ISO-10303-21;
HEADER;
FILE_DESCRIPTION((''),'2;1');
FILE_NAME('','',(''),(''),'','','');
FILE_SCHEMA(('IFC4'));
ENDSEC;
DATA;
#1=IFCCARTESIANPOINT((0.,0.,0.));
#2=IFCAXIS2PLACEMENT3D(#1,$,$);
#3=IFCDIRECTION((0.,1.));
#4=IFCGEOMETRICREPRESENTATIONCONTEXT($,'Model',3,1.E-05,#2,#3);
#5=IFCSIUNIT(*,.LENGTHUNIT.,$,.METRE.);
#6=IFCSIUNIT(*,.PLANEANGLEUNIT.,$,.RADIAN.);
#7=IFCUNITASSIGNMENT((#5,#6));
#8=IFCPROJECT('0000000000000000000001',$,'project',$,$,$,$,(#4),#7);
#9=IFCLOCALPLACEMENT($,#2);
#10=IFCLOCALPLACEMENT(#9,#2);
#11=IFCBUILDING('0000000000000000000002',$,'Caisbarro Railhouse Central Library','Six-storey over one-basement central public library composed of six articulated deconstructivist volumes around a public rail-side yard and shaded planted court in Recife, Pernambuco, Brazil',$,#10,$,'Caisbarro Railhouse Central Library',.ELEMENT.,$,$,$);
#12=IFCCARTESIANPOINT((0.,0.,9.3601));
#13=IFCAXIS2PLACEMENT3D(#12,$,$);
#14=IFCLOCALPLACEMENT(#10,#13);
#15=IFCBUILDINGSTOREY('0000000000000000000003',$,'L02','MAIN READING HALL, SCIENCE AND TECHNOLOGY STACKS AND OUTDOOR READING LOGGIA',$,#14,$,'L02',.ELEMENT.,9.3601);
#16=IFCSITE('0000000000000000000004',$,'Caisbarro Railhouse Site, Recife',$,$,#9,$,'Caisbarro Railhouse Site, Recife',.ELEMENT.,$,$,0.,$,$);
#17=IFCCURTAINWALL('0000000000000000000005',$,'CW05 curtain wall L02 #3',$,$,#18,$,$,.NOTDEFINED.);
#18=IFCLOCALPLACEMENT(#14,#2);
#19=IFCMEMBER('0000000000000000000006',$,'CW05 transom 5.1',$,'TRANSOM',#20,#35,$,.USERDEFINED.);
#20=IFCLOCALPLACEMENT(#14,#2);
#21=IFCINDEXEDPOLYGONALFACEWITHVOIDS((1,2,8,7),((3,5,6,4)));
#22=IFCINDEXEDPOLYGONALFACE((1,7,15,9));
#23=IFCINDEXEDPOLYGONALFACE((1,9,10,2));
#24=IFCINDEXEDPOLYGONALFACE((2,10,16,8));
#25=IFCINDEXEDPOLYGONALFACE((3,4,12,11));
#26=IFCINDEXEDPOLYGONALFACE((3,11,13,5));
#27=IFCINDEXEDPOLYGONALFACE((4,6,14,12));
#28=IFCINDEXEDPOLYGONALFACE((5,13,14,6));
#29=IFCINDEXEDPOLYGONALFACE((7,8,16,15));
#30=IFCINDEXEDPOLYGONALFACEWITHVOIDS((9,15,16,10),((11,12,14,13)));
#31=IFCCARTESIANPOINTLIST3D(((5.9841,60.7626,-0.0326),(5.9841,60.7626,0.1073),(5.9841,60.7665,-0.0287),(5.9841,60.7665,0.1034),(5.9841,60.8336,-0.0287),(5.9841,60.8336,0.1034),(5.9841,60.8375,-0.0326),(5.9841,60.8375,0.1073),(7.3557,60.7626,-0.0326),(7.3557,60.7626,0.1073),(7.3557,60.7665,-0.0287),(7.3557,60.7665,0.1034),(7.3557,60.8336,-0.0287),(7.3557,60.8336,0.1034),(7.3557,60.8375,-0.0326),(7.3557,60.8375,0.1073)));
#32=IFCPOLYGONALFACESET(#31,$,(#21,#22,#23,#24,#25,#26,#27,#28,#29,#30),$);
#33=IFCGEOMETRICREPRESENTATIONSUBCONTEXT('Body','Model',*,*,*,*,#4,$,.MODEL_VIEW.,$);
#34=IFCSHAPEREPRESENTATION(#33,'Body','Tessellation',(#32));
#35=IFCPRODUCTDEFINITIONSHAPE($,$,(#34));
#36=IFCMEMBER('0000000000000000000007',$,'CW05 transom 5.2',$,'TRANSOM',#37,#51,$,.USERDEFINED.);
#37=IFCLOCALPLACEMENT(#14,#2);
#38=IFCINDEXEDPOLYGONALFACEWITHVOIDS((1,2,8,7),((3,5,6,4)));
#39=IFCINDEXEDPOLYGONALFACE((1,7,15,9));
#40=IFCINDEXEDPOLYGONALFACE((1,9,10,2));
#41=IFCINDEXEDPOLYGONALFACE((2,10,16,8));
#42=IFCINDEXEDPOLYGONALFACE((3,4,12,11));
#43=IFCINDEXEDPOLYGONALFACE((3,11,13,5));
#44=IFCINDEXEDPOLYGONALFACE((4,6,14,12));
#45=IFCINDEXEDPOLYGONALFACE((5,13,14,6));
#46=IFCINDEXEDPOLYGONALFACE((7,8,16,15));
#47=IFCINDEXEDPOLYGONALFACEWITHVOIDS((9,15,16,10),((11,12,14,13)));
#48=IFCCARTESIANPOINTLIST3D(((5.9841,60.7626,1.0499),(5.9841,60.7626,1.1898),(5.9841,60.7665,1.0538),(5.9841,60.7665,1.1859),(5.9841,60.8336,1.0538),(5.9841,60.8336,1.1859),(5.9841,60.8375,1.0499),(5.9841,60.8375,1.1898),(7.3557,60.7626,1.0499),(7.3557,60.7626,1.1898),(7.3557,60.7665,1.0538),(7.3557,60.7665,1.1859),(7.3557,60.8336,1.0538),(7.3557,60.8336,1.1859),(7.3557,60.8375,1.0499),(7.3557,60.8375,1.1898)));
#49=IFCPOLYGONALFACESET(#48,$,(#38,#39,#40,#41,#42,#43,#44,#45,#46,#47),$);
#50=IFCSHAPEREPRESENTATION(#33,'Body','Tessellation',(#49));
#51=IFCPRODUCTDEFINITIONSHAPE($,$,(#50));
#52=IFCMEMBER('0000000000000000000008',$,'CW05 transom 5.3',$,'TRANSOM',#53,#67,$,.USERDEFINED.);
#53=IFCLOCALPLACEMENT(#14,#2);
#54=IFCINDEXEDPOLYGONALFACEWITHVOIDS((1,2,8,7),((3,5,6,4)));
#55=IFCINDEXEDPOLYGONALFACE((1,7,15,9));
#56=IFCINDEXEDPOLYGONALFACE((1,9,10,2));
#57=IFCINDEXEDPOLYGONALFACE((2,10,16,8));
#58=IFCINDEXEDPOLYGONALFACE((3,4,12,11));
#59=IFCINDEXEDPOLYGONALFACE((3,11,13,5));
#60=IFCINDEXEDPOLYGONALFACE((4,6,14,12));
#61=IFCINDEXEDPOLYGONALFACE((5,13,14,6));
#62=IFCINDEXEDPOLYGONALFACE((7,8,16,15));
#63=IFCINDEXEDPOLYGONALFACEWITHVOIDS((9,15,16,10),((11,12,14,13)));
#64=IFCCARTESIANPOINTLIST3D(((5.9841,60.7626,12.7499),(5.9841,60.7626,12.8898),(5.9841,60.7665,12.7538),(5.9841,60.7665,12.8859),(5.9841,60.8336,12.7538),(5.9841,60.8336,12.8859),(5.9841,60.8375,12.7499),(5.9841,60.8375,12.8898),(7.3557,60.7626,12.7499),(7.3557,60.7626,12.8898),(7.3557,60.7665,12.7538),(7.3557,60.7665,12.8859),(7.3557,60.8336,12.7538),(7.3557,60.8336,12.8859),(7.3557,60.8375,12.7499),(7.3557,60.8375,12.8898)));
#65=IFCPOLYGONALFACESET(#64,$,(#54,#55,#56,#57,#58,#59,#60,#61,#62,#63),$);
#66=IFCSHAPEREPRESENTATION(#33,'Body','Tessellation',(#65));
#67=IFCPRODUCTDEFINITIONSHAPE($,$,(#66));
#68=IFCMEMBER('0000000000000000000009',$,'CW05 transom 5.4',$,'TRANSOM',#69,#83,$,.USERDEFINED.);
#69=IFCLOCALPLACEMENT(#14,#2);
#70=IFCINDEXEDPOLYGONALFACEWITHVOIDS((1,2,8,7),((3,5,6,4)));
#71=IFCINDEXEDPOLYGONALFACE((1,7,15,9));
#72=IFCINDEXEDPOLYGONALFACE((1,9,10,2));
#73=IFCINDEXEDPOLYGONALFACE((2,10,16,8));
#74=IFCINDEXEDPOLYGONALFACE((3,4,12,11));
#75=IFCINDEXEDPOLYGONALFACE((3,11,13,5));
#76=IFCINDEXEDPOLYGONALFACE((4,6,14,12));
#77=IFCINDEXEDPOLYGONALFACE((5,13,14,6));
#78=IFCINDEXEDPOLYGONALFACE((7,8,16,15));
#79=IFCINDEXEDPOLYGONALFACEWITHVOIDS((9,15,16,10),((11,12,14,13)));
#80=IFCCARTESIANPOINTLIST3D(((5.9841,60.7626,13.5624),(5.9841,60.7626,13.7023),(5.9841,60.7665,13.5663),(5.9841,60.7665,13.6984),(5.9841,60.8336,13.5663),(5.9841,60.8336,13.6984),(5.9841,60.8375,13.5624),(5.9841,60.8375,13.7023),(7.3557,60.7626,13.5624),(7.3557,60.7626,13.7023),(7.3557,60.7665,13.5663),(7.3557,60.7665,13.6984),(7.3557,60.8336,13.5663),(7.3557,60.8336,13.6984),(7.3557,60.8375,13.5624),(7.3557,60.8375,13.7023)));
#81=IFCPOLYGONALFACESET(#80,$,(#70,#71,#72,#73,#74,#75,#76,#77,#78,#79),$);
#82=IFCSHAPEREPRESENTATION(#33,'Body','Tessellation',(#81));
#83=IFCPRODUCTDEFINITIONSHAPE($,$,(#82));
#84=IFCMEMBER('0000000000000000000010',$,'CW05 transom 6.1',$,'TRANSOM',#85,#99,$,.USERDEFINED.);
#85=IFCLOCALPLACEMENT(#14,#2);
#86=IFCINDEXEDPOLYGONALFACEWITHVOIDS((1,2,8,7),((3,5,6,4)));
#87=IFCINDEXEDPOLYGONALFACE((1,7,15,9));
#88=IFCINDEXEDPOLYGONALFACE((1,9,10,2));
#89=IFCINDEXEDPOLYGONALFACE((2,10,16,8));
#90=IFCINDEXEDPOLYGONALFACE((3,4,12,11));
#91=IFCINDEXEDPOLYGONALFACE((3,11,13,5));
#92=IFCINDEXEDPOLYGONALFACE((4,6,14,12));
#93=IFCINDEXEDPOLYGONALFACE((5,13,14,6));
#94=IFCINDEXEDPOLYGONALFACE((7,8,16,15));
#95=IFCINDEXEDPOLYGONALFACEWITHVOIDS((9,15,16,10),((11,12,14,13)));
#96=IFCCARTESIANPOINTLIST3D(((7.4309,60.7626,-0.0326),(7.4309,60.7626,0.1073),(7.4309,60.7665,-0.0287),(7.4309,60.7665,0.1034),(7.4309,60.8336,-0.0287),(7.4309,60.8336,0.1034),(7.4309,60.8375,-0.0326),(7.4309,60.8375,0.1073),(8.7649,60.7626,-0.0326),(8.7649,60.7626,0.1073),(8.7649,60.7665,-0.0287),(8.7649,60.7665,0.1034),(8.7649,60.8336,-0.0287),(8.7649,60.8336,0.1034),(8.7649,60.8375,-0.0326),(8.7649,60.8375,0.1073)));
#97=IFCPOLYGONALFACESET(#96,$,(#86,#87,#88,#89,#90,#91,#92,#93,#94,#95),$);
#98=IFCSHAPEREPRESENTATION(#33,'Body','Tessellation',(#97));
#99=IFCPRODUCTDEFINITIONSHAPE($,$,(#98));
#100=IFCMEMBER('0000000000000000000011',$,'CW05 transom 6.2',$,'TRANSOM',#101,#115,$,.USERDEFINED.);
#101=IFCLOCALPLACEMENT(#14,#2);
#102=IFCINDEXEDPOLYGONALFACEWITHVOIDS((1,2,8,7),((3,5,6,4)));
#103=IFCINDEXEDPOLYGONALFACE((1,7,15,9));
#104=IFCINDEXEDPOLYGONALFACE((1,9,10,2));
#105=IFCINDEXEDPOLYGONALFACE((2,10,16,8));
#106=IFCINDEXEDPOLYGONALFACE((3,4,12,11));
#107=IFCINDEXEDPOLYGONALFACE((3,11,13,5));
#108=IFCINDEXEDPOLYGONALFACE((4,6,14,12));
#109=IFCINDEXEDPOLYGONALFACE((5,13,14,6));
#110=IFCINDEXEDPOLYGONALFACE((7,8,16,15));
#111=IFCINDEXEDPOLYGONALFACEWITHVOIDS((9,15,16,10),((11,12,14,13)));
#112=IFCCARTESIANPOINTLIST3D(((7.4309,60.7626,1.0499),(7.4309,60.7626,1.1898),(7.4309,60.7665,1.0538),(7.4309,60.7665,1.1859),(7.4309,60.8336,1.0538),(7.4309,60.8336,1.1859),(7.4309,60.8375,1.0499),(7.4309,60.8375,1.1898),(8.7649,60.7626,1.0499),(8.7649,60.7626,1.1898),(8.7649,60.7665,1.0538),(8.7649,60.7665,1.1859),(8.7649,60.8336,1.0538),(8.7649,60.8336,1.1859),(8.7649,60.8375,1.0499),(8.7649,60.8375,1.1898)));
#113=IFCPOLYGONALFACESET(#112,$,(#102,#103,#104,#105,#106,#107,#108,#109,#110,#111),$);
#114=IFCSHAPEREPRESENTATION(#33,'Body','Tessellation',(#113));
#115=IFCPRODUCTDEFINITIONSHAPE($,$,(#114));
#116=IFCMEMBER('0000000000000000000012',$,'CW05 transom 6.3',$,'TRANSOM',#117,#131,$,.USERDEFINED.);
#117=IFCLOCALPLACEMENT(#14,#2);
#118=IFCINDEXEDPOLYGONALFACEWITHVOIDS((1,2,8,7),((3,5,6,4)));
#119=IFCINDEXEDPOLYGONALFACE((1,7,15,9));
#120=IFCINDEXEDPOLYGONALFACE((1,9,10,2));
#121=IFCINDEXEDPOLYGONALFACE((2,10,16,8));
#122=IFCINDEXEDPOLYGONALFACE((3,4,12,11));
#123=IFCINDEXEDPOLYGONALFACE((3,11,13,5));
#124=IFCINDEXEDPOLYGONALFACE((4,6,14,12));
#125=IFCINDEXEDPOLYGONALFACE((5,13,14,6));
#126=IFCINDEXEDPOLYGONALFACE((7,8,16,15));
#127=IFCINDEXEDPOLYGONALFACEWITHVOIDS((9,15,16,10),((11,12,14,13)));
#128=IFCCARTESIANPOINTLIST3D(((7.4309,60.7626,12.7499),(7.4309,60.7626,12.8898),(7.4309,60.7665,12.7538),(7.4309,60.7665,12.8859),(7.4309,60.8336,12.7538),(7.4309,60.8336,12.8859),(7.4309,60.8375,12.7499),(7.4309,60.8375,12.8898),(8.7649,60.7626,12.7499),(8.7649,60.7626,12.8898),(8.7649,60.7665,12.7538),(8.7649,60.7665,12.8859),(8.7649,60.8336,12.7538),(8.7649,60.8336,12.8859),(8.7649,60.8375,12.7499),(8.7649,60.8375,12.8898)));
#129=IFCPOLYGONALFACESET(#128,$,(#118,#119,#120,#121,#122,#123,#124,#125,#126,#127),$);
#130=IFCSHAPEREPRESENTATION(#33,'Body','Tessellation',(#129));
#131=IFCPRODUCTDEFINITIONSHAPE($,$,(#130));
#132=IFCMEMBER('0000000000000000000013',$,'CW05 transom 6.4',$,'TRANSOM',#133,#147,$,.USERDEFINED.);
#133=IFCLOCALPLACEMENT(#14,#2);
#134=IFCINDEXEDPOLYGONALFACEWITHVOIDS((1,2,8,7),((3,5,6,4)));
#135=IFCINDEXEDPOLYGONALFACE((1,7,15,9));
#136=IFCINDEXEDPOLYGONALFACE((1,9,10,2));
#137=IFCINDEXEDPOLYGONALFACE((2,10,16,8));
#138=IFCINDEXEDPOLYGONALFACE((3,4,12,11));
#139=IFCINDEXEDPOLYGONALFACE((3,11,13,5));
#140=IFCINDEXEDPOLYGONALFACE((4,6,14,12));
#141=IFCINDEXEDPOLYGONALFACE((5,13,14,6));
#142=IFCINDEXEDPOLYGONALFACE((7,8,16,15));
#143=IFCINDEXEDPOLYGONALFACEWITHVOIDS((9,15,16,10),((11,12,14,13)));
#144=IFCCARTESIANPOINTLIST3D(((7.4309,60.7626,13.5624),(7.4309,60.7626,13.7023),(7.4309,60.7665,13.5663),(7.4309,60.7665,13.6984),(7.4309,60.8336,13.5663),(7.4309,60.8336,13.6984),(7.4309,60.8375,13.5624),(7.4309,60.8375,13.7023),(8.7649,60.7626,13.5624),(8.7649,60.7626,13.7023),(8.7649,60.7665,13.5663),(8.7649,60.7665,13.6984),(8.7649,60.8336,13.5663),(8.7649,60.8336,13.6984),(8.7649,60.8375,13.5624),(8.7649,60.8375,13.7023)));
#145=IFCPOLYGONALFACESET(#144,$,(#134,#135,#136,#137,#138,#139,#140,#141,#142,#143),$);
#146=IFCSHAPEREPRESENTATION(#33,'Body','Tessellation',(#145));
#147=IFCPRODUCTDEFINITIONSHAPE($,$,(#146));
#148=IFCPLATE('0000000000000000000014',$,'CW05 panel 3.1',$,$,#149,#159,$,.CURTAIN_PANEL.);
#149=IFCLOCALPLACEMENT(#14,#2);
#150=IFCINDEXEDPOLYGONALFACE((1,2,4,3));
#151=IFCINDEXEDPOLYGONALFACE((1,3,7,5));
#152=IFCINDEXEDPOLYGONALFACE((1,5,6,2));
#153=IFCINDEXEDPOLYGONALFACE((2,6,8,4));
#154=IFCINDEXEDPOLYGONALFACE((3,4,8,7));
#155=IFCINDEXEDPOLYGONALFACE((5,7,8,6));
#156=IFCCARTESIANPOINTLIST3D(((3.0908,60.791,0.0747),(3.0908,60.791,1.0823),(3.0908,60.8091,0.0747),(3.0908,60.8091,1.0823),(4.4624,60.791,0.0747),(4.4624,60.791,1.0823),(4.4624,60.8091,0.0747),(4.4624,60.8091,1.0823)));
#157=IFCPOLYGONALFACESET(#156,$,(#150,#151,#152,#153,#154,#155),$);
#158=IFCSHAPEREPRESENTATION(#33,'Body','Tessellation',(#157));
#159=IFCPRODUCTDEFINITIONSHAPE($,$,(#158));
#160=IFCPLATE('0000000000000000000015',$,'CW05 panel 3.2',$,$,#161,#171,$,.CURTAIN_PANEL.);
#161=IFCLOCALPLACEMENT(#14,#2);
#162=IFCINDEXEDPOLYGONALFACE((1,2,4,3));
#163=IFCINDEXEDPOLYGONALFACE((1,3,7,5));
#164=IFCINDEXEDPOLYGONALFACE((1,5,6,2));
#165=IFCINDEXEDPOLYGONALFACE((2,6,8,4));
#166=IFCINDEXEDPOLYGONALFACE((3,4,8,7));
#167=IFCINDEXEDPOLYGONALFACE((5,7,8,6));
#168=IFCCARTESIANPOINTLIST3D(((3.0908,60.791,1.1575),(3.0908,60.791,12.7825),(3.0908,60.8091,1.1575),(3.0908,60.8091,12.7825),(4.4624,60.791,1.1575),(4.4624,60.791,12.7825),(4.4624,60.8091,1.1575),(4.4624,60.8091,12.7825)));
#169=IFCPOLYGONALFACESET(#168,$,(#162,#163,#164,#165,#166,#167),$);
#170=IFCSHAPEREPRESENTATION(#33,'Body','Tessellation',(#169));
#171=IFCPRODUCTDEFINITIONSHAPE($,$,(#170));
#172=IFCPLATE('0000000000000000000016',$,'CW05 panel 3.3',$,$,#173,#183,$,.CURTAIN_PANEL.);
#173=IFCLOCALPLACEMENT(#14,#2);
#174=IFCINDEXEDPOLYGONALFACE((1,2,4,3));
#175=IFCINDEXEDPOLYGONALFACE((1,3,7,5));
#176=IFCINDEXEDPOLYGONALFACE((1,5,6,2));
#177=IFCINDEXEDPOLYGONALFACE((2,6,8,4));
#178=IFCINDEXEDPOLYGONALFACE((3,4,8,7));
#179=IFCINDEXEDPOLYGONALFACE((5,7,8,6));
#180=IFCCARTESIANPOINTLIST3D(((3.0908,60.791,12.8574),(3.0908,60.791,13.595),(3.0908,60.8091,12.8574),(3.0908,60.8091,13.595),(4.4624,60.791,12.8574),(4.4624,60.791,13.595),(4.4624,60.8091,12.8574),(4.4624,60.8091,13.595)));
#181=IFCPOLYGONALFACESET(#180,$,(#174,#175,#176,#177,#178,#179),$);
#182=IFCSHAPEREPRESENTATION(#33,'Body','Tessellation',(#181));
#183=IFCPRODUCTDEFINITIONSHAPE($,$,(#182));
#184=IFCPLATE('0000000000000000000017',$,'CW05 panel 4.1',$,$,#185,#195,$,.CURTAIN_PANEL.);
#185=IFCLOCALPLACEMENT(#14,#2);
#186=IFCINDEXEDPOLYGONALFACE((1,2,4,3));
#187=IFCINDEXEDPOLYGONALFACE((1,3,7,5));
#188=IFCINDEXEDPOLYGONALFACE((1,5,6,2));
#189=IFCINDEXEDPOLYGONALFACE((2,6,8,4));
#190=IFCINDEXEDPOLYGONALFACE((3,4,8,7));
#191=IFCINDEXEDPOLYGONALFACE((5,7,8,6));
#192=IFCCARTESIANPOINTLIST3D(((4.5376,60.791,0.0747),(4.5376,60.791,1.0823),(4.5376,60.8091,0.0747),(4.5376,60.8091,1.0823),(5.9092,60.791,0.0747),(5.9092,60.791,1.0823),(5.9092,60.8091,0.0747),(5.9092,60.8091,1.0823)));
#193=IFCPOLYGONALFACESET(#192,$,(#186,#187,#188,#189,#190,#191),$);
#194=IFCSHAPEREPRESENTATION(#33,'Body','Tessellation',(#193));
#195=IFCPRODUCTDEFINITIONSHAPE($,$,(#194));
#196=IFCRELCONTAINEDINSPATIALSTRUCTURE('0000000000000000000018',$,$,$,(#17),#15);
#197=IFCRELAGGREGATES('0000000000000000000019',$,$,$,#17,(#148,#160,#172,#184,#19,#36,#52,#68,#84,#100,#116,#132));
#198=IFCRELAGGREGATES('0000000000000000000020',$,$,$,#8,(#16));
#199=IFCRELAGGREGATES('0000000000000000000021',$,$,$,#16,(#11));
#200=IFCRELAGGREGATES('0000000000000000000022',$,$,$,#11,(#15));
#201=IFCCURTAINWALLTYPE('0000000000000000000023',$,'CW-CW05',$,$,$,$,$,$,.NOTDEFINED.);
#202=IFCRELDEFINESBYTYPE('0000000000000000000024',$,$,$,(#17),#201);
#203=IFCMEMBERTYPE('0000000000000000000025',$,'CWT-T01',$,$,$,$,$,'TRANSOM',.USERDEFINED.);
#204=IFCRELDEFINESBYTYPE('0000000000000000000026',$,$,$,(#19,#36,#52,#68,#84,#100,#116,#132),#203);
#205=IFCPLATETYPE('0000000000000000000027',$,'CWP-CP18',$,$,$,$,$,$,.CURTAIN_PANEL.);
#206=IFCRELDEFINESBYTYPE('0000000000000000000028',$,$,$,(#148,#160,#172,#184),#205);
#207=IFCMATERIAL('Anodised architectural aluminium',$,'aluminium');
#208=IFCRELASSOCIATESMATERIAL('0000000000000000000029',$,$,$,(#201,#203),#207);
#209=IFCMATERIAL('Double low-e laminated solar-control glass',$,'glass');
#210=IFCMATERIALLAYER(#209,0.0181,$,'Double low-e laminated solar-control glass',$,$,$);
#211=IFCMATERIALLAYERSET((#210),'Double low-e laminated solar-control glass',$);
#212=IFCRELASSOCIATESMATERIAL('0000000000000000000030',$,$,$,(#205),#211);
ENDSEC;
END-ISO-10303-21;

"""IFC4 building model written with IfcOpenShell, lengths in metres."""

from ifc_helpers import new_model, si_unit, direction, frame, origin, origin_2d, place, context, subcontext, project, spatial, rectangle, hollow_rectangle, extrude, material, layer, layer_set, material_profile, profile_set, type_object, element, aggregate, save


model = new_model("IFC4")

# Units and contexts
model_context = context("Model", 3, precision=1e-05, world=origin(), true_north=direction((0.0, 1.0)))
body_context = subcontext(model_context, "Body", "Model", "MODEL_VIEW")
ifc_project = project(units=[si_unit("LENGTHUNIT", "METRE"), si_unit("PLANEANGLEUNIT", "RADIAN")], contexts=[model_context])

# Site, building, storey
site_placement = place(None, origin())
site = spatial("IfcSite", under=ifc_project, at=site_placement, Name="Caisbarro Railhouse Site, Recife", LongName="Caisbarro Railhouse Site, Recife", CompositionType="ELEMENT", RefElevation=0.0)
building_placement = place(site_placement, origin())
building = spatial("IfcBuilding", under=site, at=building_placement, Name="Caisbarro Railhouse Central Library", Description="Six-storey over one-basement central public library composed of six articulated deconstructivist volumes around a public rail-side yard and shaded planted court in Recife, Pernambuco, Brazil", LongName="Caisbarro Railhouse Central Library", CompositionType="ELEMENT")
storey_placement = place(building_placement, frame((0.0, 0.0, 9.3601)))
storey = spatial("IfcBuildingStorey", under=building, at=storey_placement, Name="L02", Description="MAIN READING HALL, SCIENCE AND TECHNOLOGY STACKS AND OUTDOOR READING LOGGIA", LongName="L02", CompositionType="ELEMENT", Elevation=9.3601)

# Curtain wall, members, plates
ifc_material_1 = material(Name="Anodised architectural aluminium", Category="aluminium")
curtain_wall_type = type_object("IfcCurtainWallType", Name="CW-CW05", PredefinedType="NOTDEFINED", material=ifc_material_1)
curtain_wall_placement = place(storey_placement, origin())
curtain_wall = element("IfcCurtainWall", 1, at=curtain_wall_placement, inside=storey, type_object=curtain_wall_type, Name="CW05 curtain wall L02 #3", PredefinedType="NOTDEFINED")
ifc_material_profile_1 = material_profile(ifc_material_1, hollow_rectangle(XDim=0.075, YDim=0.1399, WallThickness=0.0039, at=origin_2d()), Name="ALU-TRN-75X140")
ifc_profile_set_1 = profile_set([ifc_material_profile_1], Name="Anodised architectural aluminium")
member_type_1 = type_object("IfcMemberType", Name="CWT-T01", ElementType="TRANSOM", PredefinedType="USERDEFINED", material=ifc_profile_set_1)
member_1_placement = place(storey_placement, frame((5.9841, 60.8, 0.0374), z_axis=(1.0, 0.0, 0.0), x_axis=(0.0, 1.0, 0.0)))
member_1 = element("IfcMember", 2, at=member_1_placement, type_object=member_type_1, Name="CW05 transom 5.1", ObjectType="TRANSOM", PredefinedType="USERDEFINED", context=body_context, shape_type="SweptSolid", body=[
    extrude(hollow_rectangle(XDim=0.075, YDim=0.1399, WallThickness=0.0039, at=origin_2d()), origin(), (0.0, 0.0, 1.0), 1.3716),
])
member_2_placement = place(storey_placement, frame((5.9841, 60.8, 1.1199), z_axis=(1.0, 0.0, 0.0), x_axis=(0.0, 1.0, 0.0)))
member_2 = element("IfcMember", 3, at=member_2_placement, type_object=member_type_1, Name="CW05 transom 5.2", ObjectType="TRANSOM", PredefinedType="USERDEFINED", context=body_context, shape_type="SweptSolid", body=[
    extrude(hollow_rectangle(XDim=0.075, YDim=0.1399, WallThickness=0.0039, at=origin_2d()), origin(), (0.0, 0.0, 1.0), 1.3716),
])
member_3_placement = place(storey_placement, frame((5.9841, 60.8, 12.8198), z_axis=(1.0, 0.0, 0.0), x_axis=(0.0, 1.0, 0.0)))
member_3 = element("IfcMember", 4, at=member_3_placement, type_object=member_type_1, Name="CW05 transom 5.3", ObjectType="TRANSOM", PredefinedType="USERDEFINED", context=body_context, shape_type="SweptSolid", body=[
    extrude(hollow_rectangle(XDim=0.075, YDim=0.1399, WallThickness=0.0039, at=origin_2d()), origin(), (0.0, 0.0, 1.0), 1.3716),
])
member_4_placement = place(storey_placement, frame((5.9841, 60.8, 13.6323), z_axis=(1.0, 0.0, 0.0), x_axis=(0.0, 1.0, 0.0)))
member_4 = element("IfcMember", 5, at=member_4_placement, type_object=member_type_1, Name="CW05 transom 5.4", ObjectType="TRANSOM", PredefinedType="USERDEFINED", context=body_context, shape_type="SweptSolid", body=[
    extrude(hollow_rectangle(XDim=0.075, YDim=0.1399, WallThickness=0.0039, at=origin_2d()), origin(), (0.0, 0.0, 1.0), 1.3716),
])
member_5_placement = place(storey_placement, frame((7.4309, 60.8, 0.0374), z_axis=(1.0, 0.0, 0.0), x_axis=(0.0, 1.0, 0.0)))
member_5 = element("IfcMember", 6, at=member_5_placement, type_object=member_type_1, Name="CW05 transom 6.1", ObjectType="TRANSOM", PredefinedType="USERDEFINED", context=body_context, shape_type="SweptSolid", body=[
    extrude(hollow_rectangle(XDim=0.075, YDim=0.1399, WallThickness=0.0039, at=origin_2d()), origin(), (0.0, 0.0, 1.0), 1.334),
])
member_6_placement = place(storey_placement, frame((7.4309, 60.8, 1.1199), z_axis=(1.0, 0.0, 0.0), x_axis=(0.0, 1.0, 0.0)))
member_6 = element("IfcMember", 7, at=member_6_placement, type_object=member_type_1, Name="CW05 transom 6.2", ObjectType="TRANSOM", PredefinedType="USERDEFINED", context=body_context, shape_type="SweptSolid", body=[
    extrude(hollow_rectangle(XDim=0.075, YDim=0.1399, WallThickness=0.0039, at=origin_2d()), origin(), (0.0, 0.0, 1.0), 1.334),
])
member_7_placement = place(storey_placement, frame((7.4309, 60.8, 12.8198), z_axis=(1.0, 0.0, 0.0), x_axis=(0.0, 1.0, 0.0)))
member_7 = element("IfcMember", 8, at=member_7_placement, type_object=member_type_1, Name="CW05 transom 6.3", ObjectType="TRANSOM", PredefinedType="USERDEFINED", context=body_context, shape_type="SweptSolid", body=[
    extrude(hollow_rectangle(XDim=0.075, YDim=0.1399, WallThickness=0.0039, at=origin_2d()), origin(), (0.0, 0.0, 1.0), 1.334),
])
member_8_placement = place(storey_placement, frame((7.4309, 60.8, 13.6323), z_axis=(1.0, 0.0, 0.0), x_axis=(0.0, 1.0, 0.0)))
member_8 = element("IfcMember", 9, at=member_8_placement, type_object=member_type_1, Name="CW05 transom 6.4", ObjectType="TRANSOM", PredefinedType="USERDEFINED", context=body_context, shape_type="SweptSolid", body=[
    extrude(hollow_rectangle(XDim=0.075, YDim=0.1399, WallThickness=0.0039, at=origin_2d()), origin(), (0.0, 0.0, 1.0), 1.334),
])
ifc_material_2 = material(Name="Double low-e laminated solar-control glass", Category="glass")
ifc_layer = layer(ifc_material_2, 0.0181, Name="Double low-e laminated solar-control glass")
ifc_layer_set = layer_set([ifc_layer], Name="Double low-e laminated solar-control glass")
plate_type = type_object("IfcPlateType", Name="CWP-CP18", PredefinedType="CURTAIN_PANEL", material=ifc_layer_set)
plate_1_placement = place(storey_placement, frame((3.7766, 60.8, 0.0747), z_axis=(0.0, 0.0, 1.0), x_axis=(1.0, 0.0, 0.0)))
plate_1 = element("IfcPlate", 10, at=plate_1_placement, type_object=plate_type, Name="CW05 panel 3.1", PredefinedType="CURTAIN_PANEL", context=body_context, shape_type="SweptSolid", body=[
    extrude(rectangle(XDim=1.3716, YDim=0.0181, at=origin_2d()), origin(), (0.0, 0.0, 1.0), 1.0076),
])
plate_2_placement = place(storey_placement, frame((3.7766, 60.8, 1.1575), z_axis=(0.0, 0.0, 1.0), x_axis=(1.0, 0.0, 0.0)))
plate_2 = element("IfcPlate", 11, at=plate_2_placement, type_object=plate_type, Name="CW05 panel 3.2", PredefinedType="CURTAIN_PANEL", context=body_context, shape_type="SweptSolid", body=[
    extrude(rectangle(XDim=1.3716, YDim=0.0181, at=origin_2d()), origin(), (0.0, 0.0, 1.0), 11.625),
])
plate_3_placement = place(storey_placement, frame((3.7766, 60.8, 12.8574), z_axis=(0.0, 0.0, 1.0), x_axis=(1.0, 0.0, 0.0)))
plate_3 = element("IfcPlate", 12, at=plate_3_placement, type_object=plate_type, Name="CW05 panel 3.3", PredefinedType="CURTAIN_PANEL", context=body_context, shape_type="SweptSolid", body=[
    extrude(rectangle(XDim=1.3716, YDim=0.0181, at=origin_2d()), origin(), (0.0, 0.0, 1.0), 0.7375),
])
plate_4_placement = place(storey_placement, frame((5.2234, 60.8, 0.0747), z_axis=(0.0, 0.0, 1.0), x_axis=(1.0, 0.0, 0.0)))
plate_4 = element("IfcPlate", 13, at=plate_4_placement, type_object=plate_type, Name="CW05 panel 4.1", PredefinedType="CURTAIN_PANEL", context=body_context, shape_type="SweptSolid", body=[
    extrude(rectangle(XDim=1.3716, YDim=0.0181, at=origin_2d()), origin(), (0.0, 0.0, 1.0), 1.0076),
])
aggregate(curtain_wall, [plate_1, plate_2, plate_3, plate_4, member_1, member_2, member_3, member_4, member_5, member_6, member_7, member_8])

save(model, "model.ifc")
